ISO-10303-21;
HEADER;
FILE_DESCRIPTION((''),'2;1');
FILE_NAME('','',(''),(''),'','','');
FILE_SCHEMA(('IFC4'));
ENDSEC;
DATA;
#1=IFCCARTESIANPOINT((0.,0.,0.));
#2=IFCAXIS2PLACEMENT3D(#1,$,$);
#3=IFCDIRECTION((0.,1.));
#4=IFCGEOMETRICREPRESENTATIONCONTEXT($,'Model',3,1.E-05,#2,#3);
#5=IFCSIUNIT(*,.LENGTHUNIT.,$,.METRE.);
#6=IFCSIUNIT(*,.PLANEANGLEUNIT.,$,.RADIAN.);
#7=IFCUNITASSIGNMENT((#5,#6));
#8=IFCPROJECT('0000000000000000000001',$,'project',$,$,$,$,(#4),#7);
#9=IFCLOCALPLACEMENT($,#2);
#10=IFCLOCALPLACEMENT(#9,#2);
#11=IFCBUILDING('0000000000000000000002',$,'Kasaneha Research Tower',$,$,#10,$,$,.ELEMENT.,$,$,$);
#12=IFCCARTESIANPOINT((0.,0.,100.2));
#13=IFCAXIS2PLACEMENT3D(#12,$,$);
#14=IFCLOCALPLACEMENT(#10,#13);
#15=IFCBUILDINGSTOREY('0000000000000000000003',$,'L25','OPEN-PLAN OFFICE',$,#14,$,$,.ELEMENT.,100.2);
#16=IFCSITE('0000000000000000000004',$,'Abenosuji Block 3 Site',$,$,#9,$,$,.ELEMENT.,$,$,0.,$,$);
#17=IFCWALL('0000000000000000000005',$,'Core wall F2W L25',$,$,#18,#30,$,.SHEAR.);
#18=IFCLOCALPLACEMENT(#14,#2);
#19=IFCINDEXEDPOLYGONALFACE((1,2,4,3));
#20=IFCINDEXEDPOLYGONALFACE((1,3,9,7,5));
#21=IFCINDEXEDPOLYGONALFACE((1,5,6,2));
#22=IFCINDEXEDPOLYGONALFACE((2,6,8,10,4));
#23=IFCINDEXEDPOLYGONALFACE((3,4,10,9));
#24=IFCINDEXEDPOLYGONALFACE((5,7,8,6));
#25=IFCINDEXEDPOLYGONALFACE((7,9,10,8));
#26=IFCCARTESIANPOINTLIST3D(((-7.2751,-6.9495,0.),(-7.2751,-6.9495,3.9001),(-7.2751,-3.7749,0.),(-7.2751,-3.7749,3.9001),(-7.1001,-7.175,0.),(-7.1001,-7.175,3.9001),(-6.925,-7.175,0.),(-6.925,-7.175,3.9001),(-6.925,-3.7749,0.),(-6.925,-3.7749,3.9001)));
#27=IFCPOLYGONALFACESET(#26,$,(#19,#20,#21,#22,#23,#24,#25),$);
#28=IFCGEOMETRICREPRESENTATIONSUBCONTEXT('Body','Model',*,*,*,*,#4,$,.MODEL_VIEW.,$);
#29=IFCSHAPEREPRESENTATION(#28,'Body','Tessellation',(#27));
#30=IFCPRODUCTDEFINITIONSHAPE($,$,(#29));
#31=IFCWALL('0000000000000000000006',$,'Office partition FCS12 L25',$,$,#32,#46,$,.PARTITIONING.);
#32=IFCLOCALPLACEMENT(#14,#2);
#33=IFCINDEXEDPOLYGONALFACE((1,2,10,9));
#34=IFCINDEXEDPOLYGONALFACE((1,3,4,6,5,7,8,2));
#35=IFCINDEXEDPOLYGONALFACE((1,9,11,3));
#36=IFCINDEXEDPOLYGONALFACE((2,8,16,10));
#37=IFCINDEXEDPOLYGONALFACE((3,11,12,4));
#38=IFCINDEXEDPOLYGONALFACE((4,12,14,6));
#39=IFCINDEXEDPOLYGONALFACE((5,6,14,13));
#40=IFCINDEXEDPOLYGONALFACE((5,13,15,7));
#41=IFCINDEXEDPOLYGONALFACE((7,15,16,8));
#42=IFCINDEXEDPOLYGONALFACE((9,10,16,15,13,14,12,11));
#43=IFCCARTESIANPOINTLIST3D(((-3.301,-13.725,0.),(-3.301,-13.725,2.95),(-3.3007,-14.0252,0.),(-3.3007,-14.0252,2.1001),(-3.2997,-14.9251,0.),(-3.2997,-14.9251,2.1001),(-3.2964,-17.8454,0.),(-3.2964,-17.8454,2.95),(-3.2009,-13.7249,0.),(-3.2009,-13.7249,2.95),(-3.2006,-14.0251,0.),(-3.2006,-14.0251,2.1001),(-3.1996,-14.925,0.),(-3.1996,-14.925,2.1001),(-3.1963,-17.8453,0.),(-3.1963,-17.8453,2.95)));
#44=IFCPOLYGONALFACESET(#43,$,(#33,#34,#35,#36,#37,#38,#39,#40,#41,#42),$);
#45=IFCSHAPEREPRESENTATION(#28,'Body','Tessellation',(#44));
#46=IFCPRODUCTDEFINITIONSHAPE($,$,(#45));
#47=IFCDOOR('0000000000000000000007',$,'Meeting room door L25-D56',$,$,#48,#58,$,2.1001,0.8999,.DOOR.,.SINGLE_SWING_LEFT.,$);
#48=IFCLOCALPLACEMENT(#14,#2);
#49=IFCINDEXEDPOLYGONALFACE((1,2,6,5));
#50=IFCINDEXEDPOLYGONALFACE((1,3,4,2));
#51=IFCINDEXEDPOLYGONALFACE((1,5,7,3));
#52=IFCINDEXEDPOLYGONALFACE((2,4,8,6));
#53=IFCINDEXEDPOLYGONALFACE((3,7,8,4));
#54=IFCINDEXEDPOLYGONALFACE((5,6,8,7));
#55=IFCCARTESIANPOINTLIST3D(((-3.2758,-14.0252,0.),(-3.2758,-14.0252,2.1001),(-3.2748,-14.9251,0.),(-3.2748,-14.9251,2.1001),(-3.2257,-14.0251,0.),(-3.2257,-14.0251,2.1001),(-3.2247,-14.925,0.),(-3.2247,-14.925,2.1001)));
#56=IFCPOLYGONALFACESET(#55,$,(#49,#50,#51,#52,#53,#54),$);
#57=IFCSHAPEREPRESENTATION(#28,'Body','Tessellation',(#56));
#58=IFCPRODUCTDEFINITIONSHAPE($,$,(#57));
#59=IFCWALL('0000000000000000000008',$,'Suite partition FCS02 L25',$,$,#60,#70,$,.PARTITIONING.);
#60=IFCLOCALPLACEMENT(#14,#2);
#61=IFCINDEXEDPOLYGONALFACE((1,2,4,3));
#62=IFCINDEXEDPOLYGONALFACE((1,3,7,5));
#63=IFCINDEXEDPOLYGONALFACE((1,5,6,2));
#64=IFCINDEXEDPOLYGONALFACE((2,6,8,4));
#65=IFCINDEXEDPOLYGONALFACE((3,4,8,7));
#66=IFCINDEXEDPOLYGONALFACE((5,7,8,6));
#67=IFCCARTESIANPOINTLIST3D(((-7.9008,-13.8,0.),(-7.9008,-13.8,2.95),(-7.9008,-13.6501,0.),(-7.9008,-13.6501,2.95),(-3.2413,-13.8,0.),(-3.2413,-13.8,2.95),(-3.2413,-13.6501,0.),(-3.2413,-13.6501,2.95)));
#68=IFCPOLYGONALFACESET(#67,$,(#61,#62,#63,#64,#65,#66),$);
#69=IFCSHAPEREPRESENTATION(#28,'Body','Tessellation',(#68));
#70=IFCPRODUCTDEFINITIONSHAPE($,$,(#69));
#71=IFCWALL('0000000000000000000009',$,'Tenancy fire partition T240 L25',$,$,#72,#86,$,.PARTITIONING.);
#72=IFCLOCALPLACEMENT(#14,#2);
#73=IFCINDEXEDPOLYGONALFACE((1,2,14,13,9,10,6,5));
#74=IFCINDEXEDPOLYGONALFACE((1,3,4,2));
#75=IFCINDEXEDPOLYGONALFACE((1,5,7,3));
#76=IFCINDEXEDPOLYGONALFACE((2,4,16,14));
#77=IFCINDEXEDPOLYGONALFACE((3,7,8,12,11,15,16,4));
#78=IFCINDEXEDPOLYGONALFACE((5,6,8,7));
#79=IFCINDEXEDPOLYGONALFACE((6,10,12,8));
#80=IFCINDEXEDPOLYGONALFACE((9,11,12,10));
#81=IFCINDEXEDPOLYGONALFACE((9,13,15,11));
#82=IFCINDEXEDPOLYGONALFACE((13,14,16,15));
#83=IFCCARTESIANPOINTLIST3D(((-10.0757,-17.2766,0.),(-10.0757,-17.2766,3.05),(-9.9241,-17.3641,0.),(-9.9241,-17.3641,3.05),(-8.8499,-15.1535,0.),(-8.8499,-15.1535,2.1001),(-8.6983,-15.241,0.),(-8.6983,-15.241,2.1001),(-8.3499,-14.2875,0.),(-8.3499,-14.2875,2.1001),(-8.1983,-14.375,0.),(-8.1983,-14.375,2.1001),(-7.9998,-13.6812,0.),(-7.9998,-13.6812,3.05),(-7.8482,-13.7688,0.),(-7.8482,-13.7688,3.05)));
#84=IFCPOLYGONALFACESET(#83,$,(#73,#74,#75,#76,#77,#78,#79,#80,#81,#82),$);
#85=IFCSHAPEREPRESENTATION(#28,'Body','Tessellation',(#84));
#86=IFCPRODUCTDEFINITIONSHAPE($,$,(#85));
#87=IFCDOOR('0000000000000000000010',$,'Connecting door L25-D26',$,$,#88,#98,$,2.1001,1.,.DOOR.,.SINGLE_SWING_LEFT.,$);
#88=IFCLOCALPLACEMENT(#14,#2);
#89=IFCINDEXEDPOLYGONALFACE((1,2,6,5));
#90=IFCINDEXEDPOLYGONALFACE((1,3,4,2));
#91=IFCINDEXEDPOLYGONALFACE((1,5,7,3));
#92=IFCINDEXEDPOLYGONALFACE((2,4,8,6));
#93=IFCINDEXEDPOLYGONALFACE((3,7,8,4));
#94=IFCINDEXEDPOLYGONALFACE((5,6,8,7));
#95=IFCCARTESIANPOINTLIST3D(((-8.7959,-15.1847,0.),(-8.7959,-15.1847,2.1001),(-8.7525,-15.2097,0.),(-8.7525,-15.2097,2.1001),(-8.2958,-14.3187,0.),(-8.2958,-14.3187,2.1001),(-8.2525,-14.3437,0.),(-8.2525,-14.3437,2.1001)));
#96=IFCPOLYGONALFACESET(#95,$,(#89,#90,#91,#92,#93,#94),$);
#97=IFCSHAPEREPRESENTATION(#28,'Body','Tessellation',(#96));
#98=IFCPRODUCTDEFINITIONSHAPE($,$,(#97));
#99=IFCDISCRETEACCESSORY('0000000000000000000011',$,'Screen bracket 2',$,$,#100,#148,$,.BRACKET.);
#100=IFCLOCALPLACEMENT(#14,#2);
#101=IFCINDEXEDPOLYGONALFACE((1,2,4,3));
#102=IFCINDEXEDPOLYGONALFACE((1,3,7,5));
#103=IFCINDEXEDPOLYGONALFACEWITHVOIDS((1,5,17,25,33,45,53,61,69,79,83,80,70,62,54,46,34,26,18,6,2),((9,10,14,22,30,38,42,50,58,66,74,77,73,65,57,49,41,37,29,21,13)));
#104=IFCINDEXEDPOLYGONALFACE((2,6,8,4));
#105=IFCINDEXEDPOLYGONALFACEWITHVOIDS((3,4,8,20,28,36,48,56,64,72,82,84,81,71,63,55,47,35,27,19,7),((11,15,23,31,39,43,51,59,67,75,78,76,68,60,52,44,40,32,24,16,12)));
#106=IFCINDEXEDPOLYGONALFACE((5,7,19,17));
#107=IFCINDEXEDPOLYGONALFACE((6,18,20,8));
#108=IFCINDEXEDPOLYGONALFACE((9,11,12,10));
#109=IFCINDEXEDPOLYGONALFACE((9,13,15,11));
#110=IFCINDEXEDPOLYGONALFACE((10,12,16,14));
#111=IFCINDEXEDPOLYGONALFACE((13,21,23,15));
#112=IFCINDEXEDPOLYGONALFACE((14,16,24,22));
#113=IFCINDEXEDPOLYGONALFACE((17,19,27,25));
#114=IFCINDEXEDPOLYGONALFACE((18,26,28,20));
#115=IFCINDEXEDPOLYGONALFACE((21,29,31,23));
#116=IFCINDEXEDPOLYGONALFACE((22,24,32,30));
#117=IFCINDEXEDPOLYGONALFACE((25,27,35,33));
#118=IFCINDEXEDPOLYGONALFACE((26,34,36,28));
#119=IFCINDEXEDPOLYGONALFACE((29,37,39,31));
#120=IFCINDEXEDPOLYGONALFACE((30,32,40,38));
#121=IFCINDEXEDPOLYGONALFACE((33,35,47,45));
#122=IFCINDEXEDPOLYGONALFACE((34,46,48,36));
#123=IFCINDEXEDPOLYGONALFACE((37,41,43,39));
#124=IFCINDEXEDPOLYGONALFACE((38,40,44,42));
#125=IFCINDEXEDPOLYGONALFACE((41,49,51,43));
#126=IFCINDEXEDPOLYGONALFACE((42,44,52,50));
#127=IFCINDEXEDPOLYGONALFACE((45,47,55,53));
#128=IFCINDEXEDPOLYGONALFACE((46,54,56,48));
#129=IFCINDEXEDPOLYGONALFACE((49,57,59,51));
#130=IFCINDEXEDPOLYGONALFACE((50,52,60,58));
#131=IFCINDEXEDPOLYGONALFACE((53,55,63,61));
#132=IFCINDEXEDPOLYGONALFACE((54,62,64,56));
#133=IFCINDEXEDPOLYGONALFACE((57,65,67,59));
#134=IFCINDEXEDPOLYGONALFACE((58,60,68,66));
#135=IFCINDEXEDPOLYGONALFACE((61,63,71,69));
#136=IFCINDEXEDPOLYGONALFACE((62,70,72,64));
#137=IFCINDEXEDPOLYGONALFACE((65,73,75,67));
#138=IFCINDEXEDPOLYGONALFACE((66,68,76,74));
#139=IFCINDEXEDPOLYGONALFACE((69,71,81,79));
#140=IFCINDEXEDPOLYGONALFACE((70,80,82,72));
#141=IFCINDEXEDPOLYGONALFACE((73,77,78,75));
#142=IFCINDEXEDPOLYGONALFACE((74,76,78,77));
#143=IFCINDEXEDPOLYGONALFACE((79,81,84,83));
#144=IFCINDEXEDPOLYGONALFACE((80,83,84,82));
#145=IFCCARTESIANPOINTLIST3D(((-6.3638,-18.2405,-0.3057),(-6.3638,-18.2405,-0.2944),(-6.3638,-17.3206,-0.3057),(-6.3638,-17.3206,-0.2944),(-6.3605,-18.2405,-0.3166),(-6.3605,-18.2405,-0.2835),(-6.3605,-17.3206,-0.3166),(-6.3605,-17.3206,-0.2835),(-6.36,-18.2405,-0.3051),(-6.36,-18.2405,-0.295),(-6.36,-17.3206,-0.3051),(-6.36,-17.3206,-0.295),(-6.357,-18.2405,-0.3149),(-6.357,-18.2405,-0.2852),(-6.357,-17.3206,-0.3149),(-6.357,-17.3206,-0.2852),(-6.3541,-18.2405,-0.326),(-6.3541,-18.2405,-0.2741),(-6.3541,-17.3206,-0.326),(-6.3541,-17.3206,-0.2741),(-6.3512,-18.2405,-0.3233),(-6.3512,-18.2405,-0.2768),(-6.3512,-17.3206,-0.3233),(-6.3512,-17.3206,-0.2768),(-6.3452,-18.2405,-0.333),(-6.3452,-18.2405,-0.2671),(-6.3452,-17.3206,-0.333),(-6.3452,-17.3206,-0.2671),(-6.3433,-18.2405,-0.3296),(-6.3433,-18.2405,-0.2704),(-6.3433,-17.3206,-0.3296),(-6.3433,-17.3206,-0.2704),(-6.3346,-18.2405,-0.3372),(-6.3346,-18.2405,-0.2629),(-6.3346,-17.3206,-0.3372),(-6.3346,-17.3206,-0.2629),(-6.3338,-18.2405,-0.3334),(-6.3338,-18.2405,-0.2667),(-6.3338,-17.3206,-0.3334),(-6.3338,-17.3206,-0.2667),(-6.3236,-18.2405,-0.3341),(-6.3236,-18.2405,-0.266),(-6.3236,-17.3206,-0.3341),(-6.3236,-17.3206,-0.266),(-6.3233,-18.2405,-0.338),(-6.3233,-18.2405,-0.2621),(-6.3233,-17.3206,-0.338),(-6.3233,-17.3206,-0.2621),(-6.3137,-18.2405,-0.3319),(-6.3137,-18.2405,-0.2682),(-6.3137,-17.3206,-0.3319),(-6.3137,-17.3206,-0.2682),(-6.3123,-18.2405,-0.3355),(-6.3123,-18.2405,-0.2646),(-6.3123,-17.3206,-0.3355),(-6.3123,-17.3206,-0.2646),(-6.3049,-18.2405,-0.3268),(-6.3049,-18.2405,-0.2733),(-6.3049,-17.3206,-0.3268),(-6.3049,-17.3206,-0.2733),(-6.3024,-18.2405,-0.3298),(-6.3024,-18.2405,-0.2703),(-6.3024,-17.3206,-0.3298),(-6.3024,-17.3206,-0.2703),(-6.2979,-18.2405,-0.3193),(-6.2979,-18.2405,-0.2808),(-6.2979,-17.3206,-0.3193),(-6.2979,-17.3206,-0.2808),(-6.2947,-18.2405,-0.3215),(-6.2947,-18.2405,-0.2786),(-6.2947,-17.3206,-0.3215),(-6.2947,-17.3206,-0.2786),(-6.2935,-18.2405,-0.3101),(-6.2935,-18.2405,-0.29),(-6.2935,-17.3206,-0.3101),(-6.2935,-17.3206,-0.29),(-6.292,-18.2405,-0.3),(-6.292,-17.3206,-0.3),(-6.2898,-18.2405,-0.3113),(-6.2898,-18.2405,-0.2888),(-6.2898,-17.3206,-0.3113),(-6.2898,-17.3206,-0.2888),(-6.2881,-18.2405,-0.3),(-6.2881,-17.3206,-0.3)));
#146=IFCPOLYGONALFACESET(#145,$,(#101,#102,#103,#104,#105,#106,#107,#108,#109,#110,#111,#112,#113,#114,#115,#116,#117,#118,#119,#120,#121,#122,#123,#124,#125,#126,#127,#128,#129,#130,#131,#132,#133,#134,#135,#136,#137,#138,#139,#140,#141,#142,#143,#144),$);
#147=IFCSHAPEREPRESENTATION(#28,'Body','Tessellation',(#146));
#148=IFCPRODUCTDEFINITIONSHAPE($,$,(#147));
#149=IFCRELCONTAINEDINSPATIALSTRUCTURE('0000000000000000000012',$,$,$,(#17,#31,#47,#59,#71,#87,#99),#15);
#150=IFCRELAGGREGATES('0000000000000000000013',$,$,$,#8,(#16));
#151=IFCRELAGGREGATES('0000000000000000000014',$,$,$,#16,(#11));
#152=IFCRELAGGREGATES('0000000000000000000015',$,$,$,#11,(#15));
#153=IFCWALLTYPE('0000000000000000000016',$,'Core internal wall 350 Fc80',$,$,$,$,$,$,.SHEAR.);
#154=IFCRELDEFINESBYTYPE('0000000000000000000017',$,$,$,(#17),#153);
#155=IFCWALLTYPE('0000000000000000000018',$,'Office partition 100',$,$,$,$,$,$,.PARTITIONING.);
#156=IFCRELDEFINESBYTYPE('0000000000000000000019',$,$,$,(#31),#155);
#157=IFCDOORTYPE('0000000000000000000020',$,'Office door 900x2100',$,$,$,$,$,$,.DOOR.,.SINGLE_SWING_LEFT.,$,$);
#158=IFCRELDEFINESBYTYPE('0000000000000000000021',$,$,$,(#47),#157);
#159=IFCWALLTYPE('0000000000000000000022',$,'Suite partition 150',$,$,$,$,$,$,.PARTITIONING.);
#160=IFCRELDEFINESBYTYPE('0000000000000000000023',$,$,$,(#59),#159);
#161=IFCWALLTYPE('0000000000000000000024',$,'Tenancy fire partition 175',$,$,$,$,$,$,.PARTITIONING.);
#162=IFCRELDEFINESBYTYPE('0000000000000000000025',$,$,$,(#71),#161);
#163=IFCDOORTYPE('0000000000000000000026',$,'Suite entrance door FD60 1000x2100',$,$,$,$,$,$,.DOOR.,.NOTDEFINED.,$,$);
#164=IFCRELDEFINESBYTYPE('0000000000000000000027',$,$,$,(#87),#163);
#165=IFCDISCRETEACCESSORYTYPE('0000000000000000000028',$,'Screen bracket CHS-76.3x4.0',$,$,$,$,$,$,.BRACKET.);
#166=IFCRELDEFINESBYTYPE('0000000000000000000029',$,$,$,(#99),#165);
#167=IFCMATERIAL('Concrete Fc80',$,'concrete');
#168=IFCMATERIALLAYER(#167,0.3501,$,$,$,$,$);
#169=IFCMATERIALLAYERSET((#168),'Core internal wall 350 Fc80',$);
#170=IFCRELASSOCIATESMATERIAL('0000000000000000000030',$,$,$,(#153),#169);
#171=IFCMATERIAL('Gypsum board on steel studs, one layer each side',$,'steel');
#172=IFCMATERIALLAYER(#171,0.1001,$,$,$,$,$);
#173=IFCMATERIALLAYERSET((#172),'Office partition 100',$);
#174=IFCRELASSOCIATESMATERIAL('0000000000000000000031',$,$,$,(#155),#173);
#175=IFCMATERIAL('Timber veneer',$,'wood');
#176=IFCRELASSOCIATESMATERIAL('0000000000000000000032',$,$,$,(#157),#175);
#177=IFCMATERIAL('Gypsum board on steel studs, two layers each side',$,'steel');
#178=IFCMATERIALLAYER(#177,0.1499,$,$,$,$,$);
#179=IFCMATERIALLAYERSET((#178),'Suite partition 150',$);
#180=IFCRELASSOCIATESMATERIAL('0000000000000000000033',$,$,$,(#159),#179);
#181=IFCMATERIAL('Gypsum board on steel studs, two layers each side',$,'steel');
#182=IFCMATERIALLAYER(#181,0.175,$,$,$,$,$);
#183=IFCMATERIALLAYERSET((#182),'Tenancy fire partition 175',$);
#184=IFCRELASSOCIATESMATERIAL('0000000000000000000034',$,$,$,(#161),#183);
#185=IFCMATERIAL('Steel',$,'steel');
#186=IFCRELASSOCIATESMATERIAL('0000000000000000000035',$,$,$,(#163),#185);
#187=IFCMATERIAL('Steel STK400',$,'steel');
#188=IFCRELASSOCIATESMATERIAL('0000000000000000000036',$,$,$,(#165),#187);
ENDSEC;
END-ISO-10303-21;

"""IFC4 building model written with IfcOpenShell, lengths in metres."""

from ifc_helpers import new_model, si_unit, direction, frame, frame_2d, origin, origin_2d, place, context, subcontext, project, spatial, polyline, rectangle, hollow_circle, outline, extrude, material, layer, layer_set, material_profile, profile_set, type_object, element, fill, save


model = new_model("IFC4")

# Units and contexts
model_context = context("Model", 3, precision=1e-05, world=origin(), true_north=direction((0.0, 1.0)))
body_context = subcontext(model_context, "Body", "Model", "MODEL_VIEW")
ifc_project = project(units=[si_unit("LENGTHUNIT", "METRE"), si_unit("PLANEANGLEUNIT", "RADIAN")], contexts=[model_context])

# Site, building, storey
site_placement = place(None, origin())
site = spatial("IfcSite", under=ifc_project, at=site_placement, Name="Abenosuji Block 3 Site", CompositionType="ELEMENT", RefElevation=0.0)
building_placement = place(site_placement, origin())
building = spatial("IfcBuilding", under=site, at=building_placement, Name="Kasaneha Research Tower", CompositionType="ELEMENT")
storey_placement = place(building_placement, frame((0.0, 0.0, 100.2)))
storey = spatial("IfcBuildingStorey", under=building, at=storey_placement, Name="L25", Description="OPEN-PLAN OFFICE", CompositionType="ELEMENT", Elevation=100.2)

# Shared definitions
ifc_material_1 = material(Name="Concrete Fc80", Category="concrete")
ifc_layer_1 = layer(ifc_material_1, 0.3501)
ifc_layer_set_1 = layer_set([ifc_layer_1], Name="Core internal wall 350 Fc80")
wall_type_1 = type_object("IfcWallType", Name="Core internal wall 350 Fc80", PredefinedType="SHEAR", material=ifc_layer_set_1)

# Wall
wall_1_placement = place(storey_placement, frame((-7.1001, -3.7749, 0.0), z_axis=(0.0, 0.0, 1.0), x_axis=(0.0, -1.0, 0.0)))
element("IfcWall", 1, at=wall_1_placement, inside=storey, type_object=wall_type_1, Name="Core wall F2W L25", PredefinedType="SHEAR", context=body_context, shape_type="SweptSolid", body=[
    extrude(outline(polyline([(0.0, -0.175), (3.1746, -0.175), (3.4001, 0.0), (3.4001, 0.175), (0.0, 0.175), (0.0, -0.175)])), origin(), (0.0, 0.0, 1.0), 3.9001),
])

# Wall, opening, door
ifc_material_2 = material(Name="Gypsum board on steel studs, one layer each side", Category="steel")
ifc_layer_2 = layer(ifc_material_2, 0.1001)
ifc_layer_set_2 = layer_set([ifc_layer_2], Name="Office partition 100")
wall_type_2 = type_object("IfcWallType", Name="Office partition 100", PredefinedType="PARTITIONING", material=ifc_layer_set_2)
wall_2_placement = place(storey_placement, frame((-3.251, -13.7251, 0.0), z_axis=(0.0, 0.0, 1.0), x_axis=(0.001126, -0.999999, 0.0)))
wall_2 = element("IfcWall", 2, at=wall_2_placement, inside=storey, type_object=wall_type_2, Name="Office partition FCS12 L25", PredefinedType="PARTITIONING", context=body_context, shape_type="SweptSolid", body=[
    extrude(rectangle(XDim=4.1204, YDim=0.1001, at=frame_2d((2.0601, 0.0))), origin(), (0.0, 0.0, 1.0), 2.95),
])
opening_1_placement = place(wall_2_placement, frame((0.3, 0.0, 0.0)))
opening_1 = element("IfcOpeningElement", 3, at=opening_1_placement, cuts=wall_2, PredefinedType="OPENING", context=body_context, shape_type="SweptSolid", body=[
    extrude(rectangle(XDim=0.8999, YDim=2.1001, at=frame_2d((0.45, 1.05))), frame((0.0, 0.0601, 0.0), z_axis=(0.0, -1.0, 0.0), x_axis=(1.0, 0.0, 0.0)), (0.0, 0.0, 1.0), 0.1201),
])
ifc_material_3 = material(Name="Timber veneer", Category="wood")
door_type_1 = type_object("IfcDoorType", Name="Office door 900x2100", OperationType="SINGLE_SWING_LEFT", PredefinedType="DOOR", material=ifc_material_3)
door_1_placement = place(opening_1_placement, origin())
door_1 = element("IfcDoor", 4, at=door_1_placement, inside=storey, type_object=door_type_1, Name="Meeting room door L25-D56", OperationType="SINGLE_SWING_LEFT", OverallHeight=2.1001, OverallWidth=0.8999, PredefinedType="DOOR", context=body_context, shape_type="SweptSolid", body=[
    extrude(rectangle(XDim=0.8999, YDim=2.1001, at=frame_2d((0.45, 1.05))), frame((0.0, 0.0249, 0.0), z_axis=(0.0, -1.0, 0.0), x_axis=(1.0, 0.0, 0.0)), (0.0, 0.0, 1.0), 0.05),
])
fill(opening_1, door_1)

# Wall
ifc_material_4 = material(Name="Gypsum board on steel studs, two layers each side", Category="steel")
ifc_layer_3 = layer(ifc_material_4, 0.1499)
ifc_layer_set_3 = layer_set([ifc_layer_3], Name="Suite partition 150")
wall_type_3 = type_object("IfcWallType", Name="Suite partition 150", PredefinedType="PARTITIONING", material=ifc_layer_set_3)
wall_3_placement = place(storey_placement, frame((-3.2415, -13.7251, 0.0), z_axis=(0.0, 0.0, 1.0), x_axis=(-1.0, 0.0, 0.0)))
element("IfcWall", 5, at=wall_3_placement, inside=storey, type_object=wall_type_3, Name="Suite partition FCS02 L25", PredefinedType="PARTITIONING", context=body_context, shape_type="SweptSolid", body=[
    extrude(rectangle(XDim=4.6594, YDim=0.1499, at=frame_2d((2.3296, 0.0))), origin(), (0.0, 0.0, 1.0), 2.95),
])

# Wall, opening, door
ifc_material_5 = material(Name="Gypsum board on steel studs, two layers each side", Category="steel")
ifc_layer_4 = layer(ifc_material_5, 0.175)
ifc_layer_set_4 = layer_set([ifc_layer_4], Name="Tenancy fire partition 175")
wall_type_4 = type_object("IfcWallType", Name="Tenancy fire partition 175", PredefinedType="PARTITIONING", material=ifc_layer_set_4)
wall_4_placement = place(storey_placement, frame((-7.9241, -13.7251, 0.0), z_axis=(0.0, 0.0, 1.0), x_axis=(-0.500016, -0.866016, 0.0)))
wall_4 = element("IfcWall", 6, at=wall_4_placement, inside=storey, type_object=wall_type_4, Name="Tenancy fire partition T240 L25", PredefinedType="PARTITIONING", context=body_context, shape_type="SweptSolid", body=[
    extrude(rectangle(XDim=4.1516, YDim=0.175, at=frame_2d((2.0757, 0.0))), origin(), (0.0, 0.0, 1.0), 3.05),
])
opening_2_placement = place(wall_4_placement, frame((0.7, 0.0, 0.0)))
opening_2 = element("IfcOpeningElement", 7, at=opening_2_placement, cuts=wall_4, PredefinedType="OPENING", context=body_context, shape_type="SweptSolid", body=[
    extrude(rectangle(XDim=1.0, YDim=2.1001, at=frame_2d((0.5, 1.05))), frame((0.0, 0.0977, 0.0), z_axis=(0.0, -1.0, 0.0), x_axis=(1.0, 0.0, 0.0)), (0.0, 0.0, 1.0), 0.1951),
])
ifc_material_6 = material(Name="Steel", Category="steel")
door_type_2 = type_object("IfcDoorType", Name="Suite entrance door FD60 1000x2100", OperationType="NOTDEFINED", PredefinedType="DOOR", material=ifc_material_6)
door_2_placement = place(opening_2_placement, origin())
door_2 = element("IfcDoor", 8, at=door_2_placement, inside=storey, type_object=door_type_2, Name="Connecting door L25-D26", OperationType="SINGLE_SWING_LEFT", OverallHeight=2.1001, OverallWidth=1.0, PredefinedType="DOOR", context=body_context, shape_type="SweptSolid", body=[
    extrude(rectangle(XDim=1.0, YDim=2.1001, at=frame_2d((0.5, 1.05))), frame((0.0, 0.0249, 0.0), z_axis=(0.0, -1.0, 0.0), x_axis=(1.0, 0.0, 0.0)), (0.0, 0.0, 1.0), 0.05),
])
fill(opening_2, door_2)

# Discrete accessory
ifc_material_7 = material(Name="Steel STK400", Category="steel")
ifc_material_profile_1 = material_profile(ifc_material_7, hollow_circle(Radius=0.0381, WallThickness=0.0039, at=origin_2d()), Name="CHS-76.3x4.0")
ifc_profile_set_1 = profile_set([ifc_material_profile_1], Name="Steel STK400")
discrete_accessory_type = type_object("IfcDiscreteAccessoryType", Name="Screen bracket CHS-76.3x4.0", PredefinedType="BRACKET", material=ifc_profile_set_1)
for number, where, z_axis, x_axis, name in (
    (9, (-6.3262, -17.3206, -0.3), (0.0, -1.0, 0.0), (1.0, 0.0, 0.0), "Screen bracket 2"),
):
    element("IfcDiscreteAccessory", number, at=place(storey_placement, frame(where, z_axis=z_axis, x_axis=x_axis)), inside=storey, type_object=discrete_accessory_type, Name=name, PredefinedType="BRACKET", context=body_context, shape_type="SweptSolid", body=[
        extrude(hollow_circle(Radius=0.0381, WallThickness=0.0039, at=origin_2d()), origin(), (0.0, 0.0, 1.0), 0.9199),
    ])

save(model, "model.ifc")
